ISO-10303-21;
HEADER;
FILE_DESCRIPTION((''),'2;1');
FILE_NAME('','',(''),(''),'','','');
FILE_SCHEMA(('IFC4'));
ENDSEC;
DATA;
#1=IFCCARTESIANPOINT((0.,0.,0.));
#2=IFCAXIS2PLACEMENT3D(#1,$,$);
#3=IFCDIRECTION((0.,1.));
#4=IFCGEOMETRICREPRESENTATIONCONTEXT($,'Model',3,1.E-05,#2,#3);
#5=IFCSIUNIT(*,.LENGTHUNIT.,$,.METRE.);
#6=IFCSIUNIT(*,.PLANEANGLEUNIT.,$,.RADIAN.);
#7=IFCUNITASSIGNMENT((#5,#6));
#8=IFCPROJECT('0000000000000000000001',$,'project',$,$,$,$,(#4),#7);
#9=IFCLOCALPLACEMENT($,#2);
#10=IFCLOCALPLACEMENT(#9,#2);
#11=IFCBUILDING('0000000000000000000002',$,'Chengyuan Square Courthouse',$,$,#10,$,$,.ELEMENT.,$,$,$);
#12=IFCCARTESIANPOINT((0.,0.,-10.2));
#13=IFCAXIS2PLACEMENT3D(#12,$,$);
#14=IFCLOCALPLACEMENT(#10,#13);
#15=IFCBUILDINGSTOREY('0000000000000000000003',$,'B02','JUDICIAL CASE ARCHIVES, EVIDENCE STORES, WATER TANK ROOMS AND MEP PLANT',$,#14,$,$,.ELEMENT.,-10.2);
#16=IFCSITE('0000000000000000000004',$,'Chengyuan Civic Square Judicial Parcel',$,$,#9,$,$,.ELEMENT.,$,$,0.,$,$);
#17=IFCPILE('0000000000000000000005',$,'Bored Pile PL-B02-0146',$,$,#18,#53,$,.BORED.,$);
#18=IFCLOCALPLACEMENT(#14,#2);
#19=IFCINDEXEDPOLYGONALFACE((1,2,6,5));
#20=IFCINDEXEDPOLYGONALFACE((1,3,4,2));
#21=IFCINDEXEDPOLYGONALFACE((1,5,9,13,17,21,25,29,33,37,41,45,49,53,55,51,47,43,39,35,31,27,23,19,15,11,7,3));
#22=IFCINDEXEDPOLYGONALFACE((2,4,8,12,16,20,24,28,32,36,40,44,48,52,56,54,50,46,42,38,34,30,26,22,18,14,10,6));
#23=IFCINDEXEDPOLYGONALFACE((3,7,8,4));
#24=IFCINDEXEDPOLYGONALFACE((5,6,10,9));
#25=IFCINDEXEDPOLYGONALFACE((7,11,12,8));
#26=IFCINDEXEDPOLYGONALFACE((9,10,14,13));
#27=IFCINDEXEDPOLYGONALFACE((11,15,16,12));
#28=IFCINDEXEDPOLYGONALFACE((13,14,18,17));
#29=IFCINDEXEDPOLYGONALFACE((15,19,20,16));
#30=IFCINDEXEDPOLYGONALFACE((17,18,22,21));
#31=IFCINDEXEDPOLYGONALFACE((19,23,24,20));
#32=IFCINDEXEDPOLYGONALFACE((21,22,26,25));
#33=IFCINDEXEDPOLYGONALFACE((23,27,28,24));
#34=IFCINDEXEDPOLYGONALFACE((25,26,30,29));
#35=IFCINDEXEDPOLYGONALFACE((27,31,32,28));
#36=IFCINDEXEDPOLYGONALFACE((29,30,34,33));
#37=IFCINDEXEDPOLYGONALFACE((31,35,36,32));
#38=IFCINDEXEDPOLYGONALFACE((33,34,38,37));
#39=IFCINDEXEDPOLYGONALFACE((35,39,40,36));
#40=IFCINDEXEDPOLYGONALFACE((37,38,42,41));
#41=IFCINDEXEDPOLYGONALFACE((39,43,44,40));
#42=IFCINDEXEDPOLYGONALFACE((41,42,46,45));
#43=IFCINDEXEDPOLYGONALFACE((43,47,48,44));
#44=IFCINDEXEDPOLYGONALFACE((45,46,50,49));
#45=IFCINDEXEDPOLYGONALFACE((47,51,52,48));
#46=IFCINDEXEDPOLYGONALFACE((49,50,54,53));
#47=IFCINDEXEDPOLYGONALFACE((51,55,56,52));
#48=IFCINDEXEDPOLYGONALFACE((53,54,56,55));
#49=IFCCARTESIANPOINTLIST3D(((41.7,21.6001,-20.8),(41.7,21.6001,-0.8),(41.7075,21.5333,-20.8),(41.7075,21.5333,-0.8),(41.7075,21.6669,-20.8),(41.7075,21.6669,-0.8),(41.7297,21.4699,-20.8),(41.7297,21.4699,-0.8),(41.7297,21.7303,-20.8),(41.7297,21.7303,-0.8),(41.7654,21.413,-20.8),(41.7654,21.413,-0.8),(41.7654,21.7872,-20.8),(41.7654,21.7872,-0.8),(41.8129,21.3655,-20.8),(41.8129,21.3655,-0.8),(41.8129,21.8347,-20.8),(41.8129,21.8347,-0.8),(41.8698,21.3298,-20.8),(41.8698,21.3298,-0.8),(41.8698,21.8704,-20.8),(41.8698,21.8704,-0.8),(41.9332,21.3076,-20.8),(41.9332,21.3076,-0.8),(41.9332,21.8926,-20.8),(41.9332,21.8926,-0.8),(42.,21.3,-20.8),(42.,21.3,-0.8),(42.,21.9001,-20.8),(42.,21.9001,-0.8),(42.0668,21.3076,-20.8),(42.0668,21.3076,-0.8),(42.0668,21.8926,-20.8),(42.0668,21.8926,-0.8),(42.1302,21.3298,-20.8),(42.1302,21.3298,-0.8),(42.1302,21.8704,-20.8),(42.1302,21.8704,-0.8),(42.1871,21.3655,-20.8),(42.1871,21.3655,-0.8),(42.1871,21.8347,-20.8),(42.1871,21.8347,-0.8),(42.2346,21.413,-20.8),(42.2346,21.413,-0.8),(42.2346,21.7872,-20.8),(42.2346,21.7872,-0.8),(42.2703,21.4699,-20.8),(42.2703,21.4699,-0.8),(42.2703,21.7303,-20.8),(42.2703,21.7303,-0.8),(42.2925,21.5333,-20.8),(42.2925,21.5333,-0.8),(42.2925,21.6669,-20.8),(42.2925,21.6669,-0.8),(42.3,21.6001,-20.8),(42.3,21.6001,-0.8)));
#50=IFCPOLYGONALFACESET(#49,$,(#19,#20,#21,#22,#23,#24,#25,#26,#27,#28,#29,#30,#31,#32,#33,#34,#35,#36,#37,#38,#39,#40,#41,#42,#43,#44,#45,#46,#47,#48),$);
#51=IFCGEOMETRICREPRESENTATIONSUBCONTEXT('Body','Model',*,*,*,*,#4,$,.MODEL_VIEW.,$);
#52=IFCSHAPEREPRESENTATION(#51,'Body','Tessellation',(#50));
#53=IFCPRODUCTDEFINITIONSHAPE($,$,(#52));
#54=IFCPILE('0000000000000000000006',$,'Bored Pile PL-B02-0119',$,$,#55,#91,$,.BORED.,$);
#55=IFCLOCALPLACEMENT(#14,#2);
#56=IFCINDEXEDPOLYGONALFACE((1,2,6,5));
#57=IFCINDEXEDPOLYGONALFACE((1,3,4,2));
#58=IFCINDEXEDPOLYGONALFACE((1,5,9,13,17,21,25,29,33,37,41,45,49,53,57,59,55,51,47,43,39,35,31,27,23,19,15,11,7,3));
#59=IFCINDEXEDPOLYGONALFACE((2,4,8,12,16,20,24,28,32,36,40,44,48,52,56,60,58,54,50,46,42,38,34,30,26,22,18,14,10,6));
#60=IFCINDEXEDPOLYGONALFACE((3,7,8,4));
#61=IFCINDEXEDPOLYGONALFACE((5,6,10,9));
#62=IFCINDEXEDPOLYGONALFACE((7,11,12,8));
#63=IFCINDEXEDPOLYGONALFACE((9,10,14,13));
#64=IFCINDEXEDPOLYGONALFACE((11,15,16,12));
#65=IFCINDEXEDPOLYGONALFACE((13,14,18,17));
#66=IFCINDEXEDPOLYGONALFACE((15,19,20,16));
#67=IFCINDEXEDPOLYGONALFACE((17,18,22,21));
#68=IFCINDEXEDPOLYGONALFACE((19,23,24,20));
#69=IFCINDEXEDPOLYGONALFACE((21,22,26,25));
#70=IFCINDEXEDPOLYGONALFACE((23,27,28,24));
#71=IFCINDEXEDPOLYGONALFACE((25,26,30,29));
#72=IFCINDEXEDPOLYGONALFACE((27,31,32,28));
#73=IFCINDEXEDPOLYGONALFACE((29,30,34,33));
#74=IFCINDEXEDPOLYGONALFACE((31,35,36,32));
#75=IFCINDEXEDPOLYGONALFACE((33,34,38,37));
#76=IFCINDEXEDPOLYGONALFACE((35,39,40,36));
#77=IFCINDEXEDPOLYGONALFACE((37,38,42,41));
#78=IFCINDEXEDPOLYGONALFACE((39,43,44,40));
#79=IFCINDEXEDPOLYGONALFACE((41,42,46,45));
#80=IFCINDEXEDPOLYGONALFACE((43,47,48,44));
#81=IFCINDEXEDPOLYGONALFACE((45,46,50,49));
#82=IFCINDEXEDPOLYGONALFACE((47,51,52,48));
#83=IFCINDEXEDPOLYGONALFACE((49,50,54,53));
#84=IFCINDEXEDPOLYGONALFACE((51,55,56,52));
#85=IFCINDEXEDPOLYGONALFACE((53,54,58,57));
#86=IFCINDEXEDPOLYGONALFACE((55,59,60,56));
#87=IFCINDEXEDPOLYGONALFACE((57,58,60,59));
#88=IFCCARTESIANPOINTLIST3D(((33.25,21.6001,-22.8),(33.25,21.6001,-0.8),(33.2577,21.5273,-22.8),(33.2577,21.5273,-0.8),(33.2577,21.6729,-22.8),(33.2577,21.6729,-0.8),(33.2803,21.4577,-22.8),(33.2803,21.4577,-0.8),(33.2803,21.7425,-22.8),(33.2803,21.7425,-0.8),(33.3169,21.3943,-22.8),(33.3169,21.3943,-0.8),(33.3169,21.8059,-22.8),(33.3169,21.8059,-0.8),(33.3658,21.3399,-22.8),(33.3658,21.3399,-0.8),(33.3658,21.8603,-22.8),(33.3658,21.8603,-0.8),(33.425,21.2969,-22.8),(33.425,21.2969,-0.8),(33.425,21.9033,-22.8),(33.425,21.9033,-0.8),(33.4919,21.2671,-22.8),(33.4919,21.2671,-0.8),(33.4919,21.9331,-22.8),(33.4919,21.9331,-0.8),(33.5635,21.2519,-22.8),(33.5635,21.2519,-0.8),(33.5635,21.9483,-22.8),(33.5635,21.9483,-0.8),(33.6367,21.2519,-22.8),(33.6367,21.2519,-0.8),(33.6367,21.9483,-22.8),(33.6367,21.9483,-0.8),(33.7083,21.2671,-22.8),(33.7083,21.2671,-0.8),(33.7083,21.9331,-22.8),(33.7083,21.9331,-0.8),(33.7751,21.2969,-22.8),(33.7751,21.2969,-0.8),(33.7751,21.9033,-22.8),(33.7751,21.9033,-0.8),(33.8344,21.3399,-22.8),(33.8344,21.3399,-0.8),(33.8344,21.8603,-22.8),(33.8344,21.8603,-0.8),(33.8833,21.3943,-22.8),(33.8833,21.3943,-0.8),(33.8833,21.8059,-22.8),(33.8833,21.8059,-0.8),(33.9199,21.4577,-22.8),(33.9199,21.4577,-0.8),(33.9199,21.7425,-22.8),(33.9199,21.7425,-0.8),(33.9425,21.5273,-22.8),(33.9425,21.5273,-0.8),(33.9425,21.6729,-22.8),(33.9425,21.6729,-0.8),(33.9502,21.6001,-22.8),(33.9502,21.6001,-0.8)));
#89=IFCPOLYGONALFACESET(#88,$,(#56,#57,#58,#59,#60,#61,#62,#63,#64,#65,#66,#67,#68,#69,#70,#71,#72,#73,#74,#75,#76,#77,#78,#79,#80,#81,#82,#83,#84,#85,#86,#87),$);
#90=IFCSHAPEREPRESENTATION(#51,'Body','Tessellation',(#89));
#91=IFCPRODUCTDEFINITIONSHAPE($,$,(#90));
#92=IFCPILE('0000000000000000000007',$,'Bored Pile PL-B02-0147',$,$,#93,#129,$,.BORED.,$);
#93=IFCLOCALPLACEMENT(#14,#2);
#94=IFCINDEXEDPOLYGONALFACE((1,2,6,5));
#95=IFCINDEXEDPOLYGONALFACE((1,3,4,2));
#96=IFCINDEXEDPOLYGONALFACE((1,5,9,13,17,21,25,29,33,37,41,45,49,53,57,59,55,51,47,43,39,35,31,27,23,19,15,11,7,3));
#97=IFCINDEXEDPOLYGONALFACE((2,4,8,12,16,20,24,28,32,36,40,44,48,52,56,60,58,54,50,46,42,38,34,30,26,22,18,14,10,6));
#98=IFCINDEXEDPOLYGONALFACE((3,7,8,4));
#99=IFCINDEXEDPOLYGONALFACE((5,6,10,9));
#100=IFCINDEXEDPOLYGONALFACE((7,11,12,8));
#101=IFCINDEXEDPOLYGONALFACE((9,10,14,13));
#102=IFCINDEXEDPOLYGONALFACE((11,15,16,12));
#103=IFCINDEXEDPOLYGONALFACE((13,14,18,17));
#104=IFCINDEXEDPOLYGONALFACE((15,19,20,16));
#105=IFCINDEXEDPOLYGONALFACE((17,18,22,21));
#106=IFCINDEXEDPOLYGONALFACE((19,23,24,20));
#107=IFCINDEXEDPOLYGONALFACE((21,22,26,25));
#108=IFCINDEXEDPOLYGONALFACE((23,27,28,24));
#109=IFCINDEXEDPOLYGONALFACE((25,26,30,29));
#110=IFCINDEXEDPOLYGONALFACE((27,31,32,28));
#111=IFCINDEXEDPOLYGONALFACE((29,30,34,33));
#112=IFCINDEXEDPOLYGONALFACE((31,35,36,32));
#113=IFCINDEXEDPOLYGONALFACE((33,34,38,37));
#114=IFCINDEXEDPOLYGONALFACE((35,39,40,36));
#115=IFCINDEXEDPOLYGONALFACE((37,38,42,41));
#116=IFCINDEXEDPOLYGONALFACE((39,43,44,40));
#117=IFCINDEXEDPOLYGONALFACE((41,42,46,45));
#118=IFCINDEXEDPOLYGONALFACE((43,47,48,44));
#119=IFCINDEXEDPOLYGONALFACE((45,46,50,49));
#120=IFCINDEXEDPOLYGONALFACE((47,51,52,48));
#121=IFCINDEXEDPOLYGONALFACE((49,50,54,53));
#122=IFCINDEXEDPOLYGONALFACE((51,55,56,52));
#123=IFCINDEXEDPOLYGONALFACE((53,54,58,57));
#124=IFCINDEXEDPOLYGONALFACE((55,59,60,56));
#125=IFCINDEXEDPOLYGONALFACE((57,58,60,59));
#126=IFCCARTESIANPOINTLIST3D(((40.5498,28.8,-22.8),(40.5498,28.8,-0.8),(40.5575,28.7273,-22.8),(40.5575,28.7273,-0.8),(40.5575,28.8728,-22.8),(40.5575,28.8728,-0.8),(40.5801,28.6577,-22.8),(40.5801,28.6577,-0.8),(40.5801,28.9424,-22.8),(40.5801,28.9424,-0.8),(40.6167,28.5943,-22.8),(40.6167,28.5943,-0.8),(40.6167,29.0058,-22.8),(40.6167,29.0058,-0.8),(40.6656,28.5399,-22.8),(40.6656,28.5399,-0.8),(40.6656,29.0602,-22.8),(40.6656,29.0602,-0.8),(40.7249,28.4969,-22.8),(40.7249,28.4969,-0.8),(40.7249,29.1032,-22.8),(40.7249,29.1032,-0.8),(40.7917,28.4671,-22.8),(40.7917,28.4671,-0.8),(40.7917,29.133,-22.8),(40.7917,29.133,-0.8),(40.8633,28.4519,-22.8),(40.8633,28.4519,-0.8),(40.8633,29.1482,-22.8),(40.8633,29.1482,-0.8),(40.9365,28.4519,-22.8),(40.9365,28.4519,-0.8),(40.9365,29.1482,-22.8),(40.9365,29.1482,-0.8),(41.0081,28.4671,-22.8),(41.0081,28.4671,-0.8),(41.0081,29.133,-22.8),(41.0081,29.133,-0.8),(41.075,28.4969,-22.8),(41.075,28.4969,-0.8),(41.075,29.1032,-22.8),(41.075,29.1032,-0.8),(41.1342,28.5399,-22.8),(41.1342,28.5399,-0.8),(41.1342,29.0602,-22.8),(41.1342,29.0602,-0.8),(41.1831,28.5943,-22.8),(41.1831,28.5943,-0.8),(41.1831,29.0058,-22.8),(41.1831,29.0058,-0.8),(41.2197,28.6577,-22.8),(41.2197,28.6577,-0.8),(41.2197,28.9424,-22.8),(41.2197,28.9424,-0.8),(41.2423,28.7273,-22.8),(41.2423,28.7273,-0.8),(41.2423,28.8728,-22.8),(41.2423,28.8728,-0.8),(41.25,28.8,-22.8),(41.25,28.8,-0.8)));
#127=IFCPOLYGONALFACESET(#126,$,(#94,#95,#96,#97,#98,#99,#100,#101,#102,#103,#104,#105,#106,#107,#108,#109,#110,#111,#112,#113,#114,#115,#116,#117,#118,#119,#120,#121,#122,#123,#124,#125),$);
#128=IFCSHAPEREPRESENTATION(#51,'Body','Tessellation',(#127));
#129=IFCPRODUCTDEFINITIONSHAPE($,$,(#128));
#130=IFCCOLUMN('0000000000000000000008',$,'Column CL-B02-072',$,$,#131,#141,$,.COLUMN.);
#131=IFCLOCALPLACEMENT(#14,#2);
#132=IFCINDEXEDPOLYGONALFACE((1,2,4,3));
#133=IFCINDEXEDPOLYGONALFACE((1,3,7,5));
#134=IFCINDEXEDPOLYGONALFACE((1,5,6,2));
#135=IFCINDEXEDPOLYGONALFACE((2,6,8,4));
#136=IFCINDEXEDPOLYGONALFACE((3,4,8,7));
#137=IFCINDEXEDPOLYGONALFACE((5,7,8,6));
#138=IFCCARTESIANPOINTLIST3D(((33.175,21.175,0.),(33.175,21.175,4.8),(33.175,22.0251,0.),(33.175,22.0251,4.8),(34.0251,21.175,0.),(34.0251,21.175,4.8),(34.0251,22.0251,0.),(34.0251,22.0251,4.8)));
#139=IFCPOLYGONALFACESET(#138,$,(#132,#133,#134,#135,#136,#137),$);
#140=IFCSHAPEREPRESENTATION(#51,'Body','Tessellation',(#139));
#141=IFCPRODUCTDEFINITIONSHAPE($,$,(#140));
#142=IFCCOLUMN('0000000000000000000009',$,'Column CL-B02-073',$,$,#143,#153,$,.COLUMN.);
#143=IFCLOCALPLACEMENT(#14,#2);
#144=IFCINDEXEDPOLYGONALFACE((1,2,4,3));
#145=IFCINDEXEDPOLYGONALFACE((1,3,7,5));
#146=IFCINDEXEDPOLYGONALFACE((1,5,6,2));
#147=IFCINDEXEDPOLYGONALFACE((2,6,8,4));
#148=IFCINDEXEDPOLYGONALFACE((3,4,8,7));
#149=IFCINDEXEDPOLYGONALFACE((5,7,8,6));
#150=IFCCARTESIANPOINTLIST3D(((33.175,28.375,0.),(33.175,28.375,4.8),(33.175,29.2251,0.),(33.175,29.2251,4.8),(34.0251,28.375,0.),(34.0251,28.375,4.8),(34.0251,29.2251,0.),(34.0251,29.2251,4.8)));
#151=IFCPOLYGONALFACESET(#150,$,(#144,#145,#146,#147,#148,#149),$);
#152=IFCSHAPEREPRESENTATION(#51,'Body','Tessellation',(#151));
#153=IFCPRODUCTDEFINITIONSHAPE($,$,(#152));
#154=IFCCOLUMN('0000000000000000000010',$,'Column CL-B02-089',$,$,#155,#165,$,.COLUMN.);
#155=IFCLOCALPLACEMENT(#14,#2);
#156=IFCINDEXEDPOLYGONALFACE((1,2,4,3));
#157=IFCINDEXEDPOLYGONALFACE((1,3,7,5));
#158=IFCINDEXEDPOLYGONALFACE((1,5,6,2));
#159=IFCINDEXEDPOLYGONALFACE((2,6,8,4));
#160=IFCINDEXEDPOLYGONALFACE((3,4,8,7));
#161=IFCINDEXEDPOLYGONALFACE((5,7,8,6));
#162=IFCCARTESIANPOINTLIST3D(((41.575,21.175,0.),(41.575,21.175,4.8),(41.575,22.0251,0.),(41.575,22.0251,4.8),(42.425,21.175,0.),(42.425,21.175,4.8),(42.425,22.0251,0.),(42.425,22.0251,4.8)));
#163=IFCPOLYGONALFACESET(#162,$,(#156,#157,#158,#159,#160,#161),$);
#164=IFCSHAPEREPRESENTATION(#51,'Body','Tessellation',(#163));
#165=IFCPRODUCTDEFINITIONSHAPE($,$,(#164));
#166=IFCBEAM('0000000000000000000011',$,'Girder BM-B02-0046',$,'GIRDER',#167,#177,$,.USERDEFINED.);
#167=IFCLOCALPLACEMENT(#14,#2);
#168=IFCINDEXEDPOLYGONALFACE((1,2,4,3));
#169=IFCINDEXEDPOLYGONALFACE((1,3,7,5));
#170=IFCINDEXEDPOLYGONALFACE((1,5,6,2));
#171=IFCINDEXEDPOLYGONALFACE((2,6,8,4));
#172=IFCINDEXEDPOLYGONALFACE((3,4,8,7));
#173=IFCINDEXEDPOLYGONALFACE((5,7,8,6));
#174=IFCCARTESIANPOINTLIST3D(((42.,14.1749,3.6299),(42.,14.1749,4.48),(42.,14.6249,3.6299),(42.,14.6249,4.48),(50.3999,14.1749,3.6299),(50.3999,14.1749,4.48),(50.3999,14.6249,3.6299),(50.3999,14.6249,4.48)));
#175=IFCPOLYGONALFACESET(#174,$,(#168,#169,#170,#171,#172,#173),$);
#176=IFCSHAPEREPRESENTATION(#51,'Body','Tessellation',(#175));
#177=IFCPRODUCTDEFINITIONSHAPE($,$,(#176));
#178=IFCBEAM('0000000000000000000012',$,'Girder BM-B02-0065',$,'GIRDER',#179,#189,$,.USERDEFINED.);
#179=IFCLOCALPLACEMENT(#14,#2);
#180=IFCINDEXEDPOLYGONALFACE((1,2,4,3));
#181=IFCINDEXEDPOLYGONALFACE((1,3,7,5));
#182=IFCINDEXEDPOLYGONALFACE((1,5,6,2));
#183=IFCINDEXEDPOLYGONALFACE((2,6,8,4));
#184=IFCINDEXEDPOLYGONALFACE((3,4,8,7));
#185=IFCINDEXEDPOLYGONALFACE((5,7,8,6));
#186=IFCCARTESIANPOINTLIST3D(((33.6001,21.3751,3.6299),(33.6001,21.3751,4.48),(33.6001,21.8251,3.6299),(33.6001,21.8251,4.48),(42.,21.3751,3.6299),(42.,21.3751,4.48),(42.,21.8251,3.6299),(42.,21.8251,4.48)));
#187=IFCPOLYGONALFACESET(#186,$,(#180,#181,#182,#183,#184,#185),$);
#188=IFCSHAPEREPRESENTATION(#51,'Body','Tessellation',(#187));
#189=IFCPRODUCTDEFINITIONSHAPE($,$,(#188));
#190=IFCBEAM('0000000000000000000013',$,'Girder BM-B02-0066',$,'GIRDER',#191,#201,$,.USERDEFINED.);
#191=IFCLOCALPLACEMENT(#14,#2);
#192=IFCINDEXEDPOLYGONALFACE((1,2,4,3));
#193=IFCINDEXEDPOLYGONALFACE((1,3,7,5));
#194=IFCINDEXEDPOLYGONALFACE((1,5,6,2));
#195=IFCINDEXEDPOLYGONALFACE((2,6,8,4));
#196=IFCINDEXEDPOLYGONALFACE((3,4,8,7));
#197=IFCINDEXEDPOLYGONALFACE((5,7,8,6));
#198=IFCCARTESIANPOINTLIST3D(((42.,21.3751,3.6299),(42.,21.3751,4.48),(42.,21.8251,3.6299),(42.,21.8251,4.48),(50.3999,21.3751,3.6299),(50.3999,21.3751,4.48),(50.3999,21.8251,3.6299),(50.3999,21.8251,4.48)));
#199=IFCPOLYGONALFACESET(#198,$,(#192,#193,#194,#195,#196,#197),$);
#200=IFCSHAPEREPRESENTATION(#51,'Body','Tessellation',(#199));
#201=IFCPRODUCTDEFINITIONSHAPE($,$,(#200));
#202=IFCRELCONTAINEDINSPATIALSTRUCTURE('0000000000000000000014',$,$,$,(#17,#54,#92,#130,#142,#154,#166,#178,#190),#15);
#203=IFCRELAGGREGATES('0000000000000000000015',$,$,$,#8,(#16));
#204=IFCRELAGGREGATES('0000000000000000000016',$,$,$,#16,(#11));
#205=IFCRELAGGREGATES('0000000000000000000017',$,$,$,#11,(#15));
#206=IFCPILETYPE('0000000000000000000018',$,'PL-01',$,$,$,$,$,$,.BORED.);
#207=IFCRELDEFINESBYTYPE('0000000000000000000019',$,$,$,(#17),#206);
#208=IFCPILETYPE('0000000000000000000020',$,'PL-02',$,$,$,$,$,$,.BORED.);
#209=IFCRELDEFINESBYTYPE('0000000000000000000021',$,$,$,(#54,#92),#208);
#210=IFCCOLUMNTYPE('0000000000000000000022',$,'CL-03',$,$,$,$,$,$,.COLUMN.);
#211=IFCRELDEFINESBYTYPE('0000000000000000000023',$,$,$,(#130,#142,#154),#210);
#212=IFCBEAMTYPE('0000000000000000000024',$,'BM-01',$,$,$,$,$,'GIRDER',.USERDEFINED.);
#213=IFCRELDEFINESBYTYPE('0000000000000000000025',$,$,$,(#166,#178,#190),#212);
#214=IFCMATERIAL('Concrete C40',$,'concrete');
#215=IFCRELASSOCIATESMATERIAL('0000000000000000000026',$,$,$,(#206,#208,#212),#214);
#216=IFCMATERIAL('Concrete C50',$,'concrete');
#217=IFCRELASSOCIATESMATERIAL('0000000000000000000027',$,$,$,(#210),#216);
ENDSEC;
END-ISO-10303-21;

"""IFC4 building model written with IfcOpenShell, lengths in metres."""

from ifc_helpers import new_model, si_unit, direction, frame, origin, origin_2d, place, context, subcontext, project, spatial, rectangle, circle, extrude, material, material_profile, profile_set, type_object, element, save


model = new_model("IFC4")

# Units and contexts
model_context = context("Model", 3, precision=1e-05, world=origin(), true_north=direction((0.0, 1.0)))
body_context = subcontext(model_context, "Body", "Model", "MODEL_VIEW")
ifc_project = project(units=[si_unit("LENGTHUNIT", "METRE"), si_unit("PLANEANGLEUNIT", "RADIAN")], contexts=[model_context])

# Site, building, storey
site_placement = place(None, origin())
site = spatial("IfcSite", under=ifc_project, at=site_placement, Name="Chengyuan Civic Square Judicial Parcel", CompositionType="ELEMENT", RefElevation=0.0)
building_placement = place(site_placement, origin())
building = spatial("IfcBuilding", under=site, at=building_placement, Name="Chengyuan Square Courthouse", CompositionType="ELEMENT")
storey_placement = place(building_placement, frame((0.0, 0.0, -10.2)))
storey = spatial("IfcBuildingStorey", under=building, at=storey_placement, Name="B02", Description="JUDICIAL CASE ARCHIVES, EVIDENCE STORES, WATER TANK ROOMS AND MEP PLANT", CompositionType="ELEMENT", Elevation=-10.2)

# Shared definitions
ifc_material_1 = material(Name="Concrete C40", Category="concrete")

# Piles
ifc_material_profile_1 = material_profile(ifc_material_1, circle(Radius=0.3, at=origin_2d()), Name="BORED PILE D600")
ifc_profile_set_1 = profile_set([ifc_material_profile_1], Name="Concrete C40")
pile_type_1 = type_object("IfcPileType", Name="PL-01", PredefinedType="BORED", material=ifc_profile_set_1)
for number, where, z_axis, x_axis, name in (
    (1, (42.0, 21.6001, -0.8), (0.0, 0.0, -1.0), (1.0, 0.0, 0.0), "Bored Pile PL-B02-0146"),
):
    element("IfcPile", number, at=place(storey_placement, frame(where, z_axis=z_axis, x_axis=x_axis)), inside=storey, type_object=pile_type_1, Name=name, PredefinedType="BORED", context=body_context, shape_type="SweptSolid", body=[
        extrude(circle(Radius=0.3, at=origin_2d()), origin(), (0.0, 0.0, 1.0), 20.0),
    ])
ifc_material_profile_2 = material_profile(ifc_material_1, circle(Radius=0.3501, at=origin_2d()), Name="BORED PILE D700")
ifc_profile_set_2 = profile_set([ifc_material_profile_2], Name="Concrete C40")
pile_type_2 = type_object("IfcPileType", Name="PL-02", PredefinedType="BORED", material=ifc_profile_set_2)
for number, where, z_axis, x_axis, name in (
    (2, (33.6001, 21.6001, -0.8), (0.0, 0.0, -1.0), (1.0, 0.0, 0.0), "Bored Pile PL-B02-0119"),
    (3, (40.8999, 28.8, -0.8), (0.0, 0.0, -1.0), (1.0, 0.0, 0.0), "Bored Pile PL-B02-0147"),
):
    element("IfcPile", number, at=place(storey_placement, frame(where, z_axis=z_axis, x_axis=x_axis)), inside=storey, type_object=pile_type_2, Name=name, PredefinedType="BORED", context=body_context, shape_type="SweptSolid", body=[
        extrude(circle(Radius=0.3501, at=origin_2d()), origin(), (0.0, 0.0, 1.0), 22.0),
    ])

# Columns
ifc_material_2 = material(Name="Concrete C50", Category="concrete")
ifc_material_profile_3 = material_profile(ifc_material_2, rectangle(XDim=0.8501, YDim=0.8501, at=origin_2d()), Name="RC-COL-850x850")
ifc_profile_set_3 = profile_set([ifc_material_profile_3], Name="Concrete C50")
column_type = type_object("IfcColumnType", Name="CL-03", PredefinedType="COLUMN", material=ifc_profile_set_3)
for number, where, z_axis, x_axis, name in (
    (4, (33.6001, 21.6001, 0.0), (0.0, 0.0, 1.0), (1.0, 0.0, 0.0), "Column CL-B02-072"),
    (5, (33.6001, 28.8, 0.0), (0.0, 0.0, 1.0), (1.0, 0.0, 0.0), "Column CL-B02-073"),
    (6, (42.0, 21.6001, 0.0), (0.0, 0.0, 1.0), (1.0, 0.0, 0.0), "Column CL-B02-089"),
):
    element("IfcColumn", number, at=place(storey_placement, frame(where, z_axis=z_axis, x_axis=x_axis)), inside=storey, type_object=column_type, Name=name, PredefinedType="COLUMN", context=body_context, shape_type="SweptSolid", body=[
        extrude(rectangle(XDim=0.8501, YDim=0.8501, at=origin_2d()), origin(), (0.0, 0.0, 1.0), 4.8),
    ])

# Beams
ifc_material_profile_4 = material_profile(ifc_material_1, rectangle(XDim=0.45, YDim=0.8501, at=origin_2d()), Name="RC-BM-450x850")
ifc_profile_set_4 = profile_set([ifc_material_profile_4], Name="Concrete C40")
beam_type_1 = type_object("IfcBeamType", Name="BM-01", ElementType="GIRDER", PredefinedType="USERDEFINED", material=ifc_profile_set_4)
for number, where, z_axis, x_axis, name in (
    (7, (42.0, 14.3999, 4.0549), (1.0, 0.0, 0.0), (0.0, 1.0, 0.0), "Girder BM-B02-0046"),
    (8, (33.6001, 21.6001, 4.0549), (1.0, 0.0, 0.0), (0.0, 1.0, 0.0), "Girder BM-B02-0065"),
    (9, (42.0, 21.6001, 4.0549), (1.0, 0.0, 0.0), (0.0, 1.0, 0.0), "Girder BM-B02-0066"),
):
    element("IfcBeam", number, at=place(storey_placement, frame(where, z_axis=z_axis, x_axis=x_axis)), inside=storey, type_object=beam_type_1, Name=name, ObjectType="GIRDER", PredefinedType="USERDEFINED", context=body_context, shape_type="SweptSolid", body=[
        extrude(rectangle(XDim=0.45, YDim=0.8501, at=origin_2d()), origin(), (0.0, 0.0, 1.0), 8.3999),
    ])

save(model, "model.ifc")
